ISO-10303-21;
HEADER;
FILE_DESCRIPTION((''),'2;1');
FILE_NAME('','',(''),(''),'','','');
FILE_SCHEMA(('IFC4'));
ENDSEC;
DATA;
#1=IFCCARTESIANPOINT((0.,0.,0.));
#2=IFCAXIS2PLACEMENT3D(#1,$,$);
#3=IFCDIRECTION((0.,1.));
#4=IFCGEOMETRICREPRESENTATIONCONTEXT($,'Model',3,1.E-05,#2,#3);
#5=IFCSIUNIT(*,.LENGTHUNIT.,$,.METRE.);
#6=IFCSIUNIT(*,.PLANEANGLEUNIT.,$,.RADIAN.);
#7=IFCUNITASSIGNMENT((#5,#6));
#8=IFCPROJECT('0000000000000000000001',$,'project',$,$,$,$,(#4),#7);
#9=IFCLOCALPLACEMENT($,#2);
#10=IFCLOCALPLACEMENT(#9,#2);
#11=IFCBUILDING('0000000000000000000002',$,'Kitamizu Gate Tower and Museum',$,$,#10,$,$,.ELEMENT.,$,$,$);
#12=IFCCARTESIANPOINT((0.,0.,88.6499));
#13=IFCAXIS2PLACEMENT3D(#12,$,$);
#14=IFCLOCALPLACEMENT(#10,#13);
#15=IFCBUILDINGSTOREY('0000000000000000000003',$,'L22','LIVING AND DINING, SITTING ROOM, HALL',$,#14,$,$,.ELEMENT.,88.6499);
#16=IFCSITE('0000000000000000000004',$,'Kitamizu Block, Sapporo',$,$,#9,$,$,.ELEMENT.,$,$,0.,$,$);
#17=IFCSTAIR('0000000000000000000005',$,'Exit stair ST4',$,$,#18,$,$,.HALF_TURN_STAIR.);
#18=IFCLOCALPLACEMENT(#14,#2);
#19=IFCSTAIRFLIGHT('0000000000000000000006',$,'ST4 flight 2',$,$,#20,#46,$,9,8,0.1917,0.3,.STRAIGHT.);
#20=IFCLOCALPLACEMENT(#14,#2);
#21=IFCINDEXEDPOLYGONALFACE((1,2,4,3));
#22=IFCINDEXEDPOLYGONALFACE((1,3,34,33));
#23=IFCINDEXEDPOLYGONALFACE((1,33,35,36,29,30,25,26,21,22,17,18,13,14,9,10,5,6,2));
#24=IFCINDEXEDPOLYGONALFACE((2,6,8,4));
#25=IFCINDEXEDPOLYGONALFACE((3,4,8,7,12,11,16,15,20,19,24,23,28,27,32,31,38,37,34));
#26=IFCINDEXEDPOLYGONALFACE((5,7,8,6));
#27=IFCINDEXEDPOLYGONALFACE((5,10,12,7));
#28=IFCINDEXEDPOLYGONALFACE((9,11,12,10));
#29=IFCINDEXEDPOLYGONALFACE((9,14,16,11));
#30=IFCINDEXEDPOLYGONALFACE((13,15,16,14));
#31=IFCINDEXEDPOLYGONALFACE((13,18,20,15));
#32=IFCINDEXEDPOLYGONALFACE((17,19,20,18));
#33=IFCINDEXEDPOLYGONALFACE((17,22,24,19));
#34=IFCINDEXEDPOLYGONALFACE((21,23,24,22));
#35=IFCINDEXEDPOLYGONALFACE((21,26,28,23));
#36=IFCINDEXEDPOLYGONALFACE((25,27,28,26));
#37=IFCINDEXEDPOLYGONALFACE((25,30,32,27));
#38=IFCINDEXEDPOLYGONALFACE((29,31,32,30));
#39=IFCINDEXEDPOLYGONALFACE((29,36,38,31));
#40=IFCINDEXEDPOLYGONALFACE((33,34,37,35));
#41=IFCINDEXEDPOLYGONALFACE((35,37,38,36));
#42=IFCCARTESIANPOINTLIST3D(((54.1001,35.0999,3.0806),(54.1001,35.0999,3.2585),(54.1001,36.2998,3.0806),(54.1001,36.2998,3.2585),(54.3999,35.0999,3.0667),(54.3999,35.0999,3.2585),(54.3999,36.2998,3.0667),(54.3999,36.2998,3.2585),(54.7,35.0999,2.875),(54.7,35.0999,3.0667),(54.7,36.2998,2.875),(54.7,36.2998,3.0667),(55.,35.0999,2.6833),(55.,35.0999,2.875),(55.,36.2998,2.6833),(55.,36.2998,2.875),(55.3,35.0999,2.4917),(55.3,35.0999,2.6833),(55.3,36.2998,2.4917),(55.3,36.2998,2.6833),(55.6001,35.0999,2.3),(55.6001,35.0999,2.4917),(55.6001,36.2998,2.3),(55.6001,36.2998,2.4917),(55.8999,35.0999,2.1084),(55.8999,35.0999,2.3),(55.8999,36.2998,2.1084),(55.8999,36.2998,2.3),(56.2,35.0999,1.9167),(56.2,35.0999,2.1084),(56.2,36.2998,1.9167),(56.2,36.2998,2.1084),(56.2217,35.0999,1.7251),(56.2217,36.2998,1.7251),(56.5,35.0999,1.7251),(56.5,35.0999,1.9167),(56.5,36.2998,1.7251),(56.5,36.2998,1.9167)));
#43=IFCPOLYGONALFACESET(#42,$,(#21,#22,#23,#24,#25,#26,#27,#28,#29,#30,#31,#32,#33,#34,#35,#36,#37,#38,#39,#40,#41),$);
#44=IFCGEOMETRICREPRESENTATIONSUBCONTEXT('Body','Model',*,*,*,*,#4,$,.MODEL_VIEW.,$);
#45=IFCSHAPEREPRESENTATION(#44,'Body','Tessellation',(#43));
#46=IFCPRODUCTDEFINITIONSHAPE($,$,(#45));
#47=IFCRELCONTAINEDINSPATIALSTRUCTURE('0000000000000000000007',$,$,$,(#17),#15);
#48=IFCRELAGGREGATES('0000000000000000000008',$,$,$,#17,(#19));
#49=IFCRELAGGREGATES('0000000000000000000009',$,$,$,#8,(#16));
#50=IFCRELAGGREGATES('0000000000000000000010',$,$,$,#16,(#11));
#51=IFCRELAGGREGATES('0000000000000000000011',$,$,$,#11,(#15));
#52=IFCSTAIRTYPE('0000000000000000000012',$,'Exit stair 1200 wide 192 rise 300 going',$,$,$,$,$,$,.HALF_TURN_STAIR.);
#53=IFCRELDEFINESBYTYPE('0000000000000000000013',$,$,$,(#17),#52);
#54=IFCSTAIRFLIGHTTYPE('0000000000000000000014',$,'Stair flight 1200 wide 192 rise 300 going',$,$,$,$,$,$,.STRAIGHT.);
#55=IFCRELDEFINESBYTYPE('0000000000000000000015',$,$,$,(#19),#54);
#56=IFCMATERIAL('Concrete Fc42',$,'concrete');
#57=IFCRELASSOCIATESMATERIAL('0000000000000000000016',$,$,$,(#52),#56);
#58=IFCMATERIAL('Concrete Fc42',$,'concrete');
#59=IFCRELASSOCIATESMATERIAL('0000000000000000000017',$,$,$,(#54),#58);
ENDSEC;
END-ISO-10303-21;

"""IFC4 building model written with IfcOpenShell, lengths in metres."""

from ifc_helpers import new_model, si_unit, direction, frame, origin, place, context, subcontext, project, spatial, polyline, outline, extrude, material, type_object, element, aggregate, save


model = new_model("IFC4")

# Units and contexts
model_context = context("Model", 3, precision=1e-05, world=origin(), true_north=direction((0.0, 1.0)))
body_context = subcontext(model_context, "Body", "Model", "MODEL_VIEW")
ifc_project = project(units=[si_unit("LENGTHUNIT", "METRE"), si_unit("PLANEANGLEUNIT", "RADIAN")], contexts=[model_context])

# Site, building, storey
site_placement = place(None, origin())
site = spatial("IfcSite", under=ifc_project, at=site_placement, Name="Kitamizu Block, Sapporo", CompositionType="ELEMENT", RefElevation=0.0)
building_placement = place(site_placement, origin())
building = spatial("IfcBuilding", under=site, at=building_placement, Name="Kitamizu Gate Tower and Museum", CompositionType="ELEMENT")
storey_placement = place(building_placement, frame((0.0, 0.0, 88.6499)))
storey = spatial("IfcBuildingStorey", under=building, at=storey_placement, Name="L22", Description="LIVING AND DINING, SITTING ROOM, HALL", CompositionType="ELEMENT", Elevation=88.6499)

# Shared definitions
ifc_material_1 = material(Name="Concrete Fc42", Category="concrete")
stair_type = type_object("IfcStairType", Name="Exit stair 1200 wide 192 rise 300 going", PredefinedType="HALF_TURN_STAIR", material=ifc_material_1)
ifc_material_2 = material(Name="Concrete Fc42", Category="concrete")
stair_flight_type = type_object("IfcStairFlightType", Name="Stair flight 1200 wide 192 rise 300 going", PredefinedType="STRAIGHT", material=ifc_material_2)

# Stair, stair flight
stair_1_placement = place(storey_placement, origin())
stair_1 = element("IfcStair", 1, at=stair_1_placement, inside=storey, type_object=stair_type, Name="Exit stair ST4", PredefinedType="HALF_TURN_STAIR")
stair_flight_1_placement = place(storey_placement, frame((56.5, 35.7, 1.7251), z_axis=(0.0, 0.0, 1.0), x_axis=(-1.0, 0.0, 0.0)))
stair_flight_1 = element("IfcStairFlight", 2, at=stair_flight_1_placement, type_object=stair_flight_type, Name="ST4 flight 2", NumberOfRisers=9, NumberOfTreads=8, PredefinedType="STRAIGHT", RiserHeight=0.1917, TreadLength=0.3, context=body_context, shape_type="SweptSolid", body=[
    extrude(outline(polyline([(0.0, 0.0), (0.0, 0.1917), (0.3, 0.1917), (0.3, 0.3833), (0.6001, 0.3833), (0.6001, 0.575), (0.8999, 0.575), (0.8999, 0.7666), (1.2, 0.7666), (1.2, 0.9583), (1.5, 0.9583), (1.5, 1.1499), (1.8, 1.1499), (1.8, 1.3416), (2.1001, 1.3416), (2.1001, 1.5334), (2.3999, 1.5334), (2.3999, 1.7251), (2.3999, 1.3555), (0.2783, 0.0), (0.0, 0.0)])), frame((0.0, 0.6001, 0.0), z_axis=(0.0, -1.0, 0.0), x_axis=(1.0, 0.0, 0.0)), (0.0, 0.0, 1.0), 1.2),
])
aggregate(stair_1, [stair_flight_1])

save(model, "model.ifc")
